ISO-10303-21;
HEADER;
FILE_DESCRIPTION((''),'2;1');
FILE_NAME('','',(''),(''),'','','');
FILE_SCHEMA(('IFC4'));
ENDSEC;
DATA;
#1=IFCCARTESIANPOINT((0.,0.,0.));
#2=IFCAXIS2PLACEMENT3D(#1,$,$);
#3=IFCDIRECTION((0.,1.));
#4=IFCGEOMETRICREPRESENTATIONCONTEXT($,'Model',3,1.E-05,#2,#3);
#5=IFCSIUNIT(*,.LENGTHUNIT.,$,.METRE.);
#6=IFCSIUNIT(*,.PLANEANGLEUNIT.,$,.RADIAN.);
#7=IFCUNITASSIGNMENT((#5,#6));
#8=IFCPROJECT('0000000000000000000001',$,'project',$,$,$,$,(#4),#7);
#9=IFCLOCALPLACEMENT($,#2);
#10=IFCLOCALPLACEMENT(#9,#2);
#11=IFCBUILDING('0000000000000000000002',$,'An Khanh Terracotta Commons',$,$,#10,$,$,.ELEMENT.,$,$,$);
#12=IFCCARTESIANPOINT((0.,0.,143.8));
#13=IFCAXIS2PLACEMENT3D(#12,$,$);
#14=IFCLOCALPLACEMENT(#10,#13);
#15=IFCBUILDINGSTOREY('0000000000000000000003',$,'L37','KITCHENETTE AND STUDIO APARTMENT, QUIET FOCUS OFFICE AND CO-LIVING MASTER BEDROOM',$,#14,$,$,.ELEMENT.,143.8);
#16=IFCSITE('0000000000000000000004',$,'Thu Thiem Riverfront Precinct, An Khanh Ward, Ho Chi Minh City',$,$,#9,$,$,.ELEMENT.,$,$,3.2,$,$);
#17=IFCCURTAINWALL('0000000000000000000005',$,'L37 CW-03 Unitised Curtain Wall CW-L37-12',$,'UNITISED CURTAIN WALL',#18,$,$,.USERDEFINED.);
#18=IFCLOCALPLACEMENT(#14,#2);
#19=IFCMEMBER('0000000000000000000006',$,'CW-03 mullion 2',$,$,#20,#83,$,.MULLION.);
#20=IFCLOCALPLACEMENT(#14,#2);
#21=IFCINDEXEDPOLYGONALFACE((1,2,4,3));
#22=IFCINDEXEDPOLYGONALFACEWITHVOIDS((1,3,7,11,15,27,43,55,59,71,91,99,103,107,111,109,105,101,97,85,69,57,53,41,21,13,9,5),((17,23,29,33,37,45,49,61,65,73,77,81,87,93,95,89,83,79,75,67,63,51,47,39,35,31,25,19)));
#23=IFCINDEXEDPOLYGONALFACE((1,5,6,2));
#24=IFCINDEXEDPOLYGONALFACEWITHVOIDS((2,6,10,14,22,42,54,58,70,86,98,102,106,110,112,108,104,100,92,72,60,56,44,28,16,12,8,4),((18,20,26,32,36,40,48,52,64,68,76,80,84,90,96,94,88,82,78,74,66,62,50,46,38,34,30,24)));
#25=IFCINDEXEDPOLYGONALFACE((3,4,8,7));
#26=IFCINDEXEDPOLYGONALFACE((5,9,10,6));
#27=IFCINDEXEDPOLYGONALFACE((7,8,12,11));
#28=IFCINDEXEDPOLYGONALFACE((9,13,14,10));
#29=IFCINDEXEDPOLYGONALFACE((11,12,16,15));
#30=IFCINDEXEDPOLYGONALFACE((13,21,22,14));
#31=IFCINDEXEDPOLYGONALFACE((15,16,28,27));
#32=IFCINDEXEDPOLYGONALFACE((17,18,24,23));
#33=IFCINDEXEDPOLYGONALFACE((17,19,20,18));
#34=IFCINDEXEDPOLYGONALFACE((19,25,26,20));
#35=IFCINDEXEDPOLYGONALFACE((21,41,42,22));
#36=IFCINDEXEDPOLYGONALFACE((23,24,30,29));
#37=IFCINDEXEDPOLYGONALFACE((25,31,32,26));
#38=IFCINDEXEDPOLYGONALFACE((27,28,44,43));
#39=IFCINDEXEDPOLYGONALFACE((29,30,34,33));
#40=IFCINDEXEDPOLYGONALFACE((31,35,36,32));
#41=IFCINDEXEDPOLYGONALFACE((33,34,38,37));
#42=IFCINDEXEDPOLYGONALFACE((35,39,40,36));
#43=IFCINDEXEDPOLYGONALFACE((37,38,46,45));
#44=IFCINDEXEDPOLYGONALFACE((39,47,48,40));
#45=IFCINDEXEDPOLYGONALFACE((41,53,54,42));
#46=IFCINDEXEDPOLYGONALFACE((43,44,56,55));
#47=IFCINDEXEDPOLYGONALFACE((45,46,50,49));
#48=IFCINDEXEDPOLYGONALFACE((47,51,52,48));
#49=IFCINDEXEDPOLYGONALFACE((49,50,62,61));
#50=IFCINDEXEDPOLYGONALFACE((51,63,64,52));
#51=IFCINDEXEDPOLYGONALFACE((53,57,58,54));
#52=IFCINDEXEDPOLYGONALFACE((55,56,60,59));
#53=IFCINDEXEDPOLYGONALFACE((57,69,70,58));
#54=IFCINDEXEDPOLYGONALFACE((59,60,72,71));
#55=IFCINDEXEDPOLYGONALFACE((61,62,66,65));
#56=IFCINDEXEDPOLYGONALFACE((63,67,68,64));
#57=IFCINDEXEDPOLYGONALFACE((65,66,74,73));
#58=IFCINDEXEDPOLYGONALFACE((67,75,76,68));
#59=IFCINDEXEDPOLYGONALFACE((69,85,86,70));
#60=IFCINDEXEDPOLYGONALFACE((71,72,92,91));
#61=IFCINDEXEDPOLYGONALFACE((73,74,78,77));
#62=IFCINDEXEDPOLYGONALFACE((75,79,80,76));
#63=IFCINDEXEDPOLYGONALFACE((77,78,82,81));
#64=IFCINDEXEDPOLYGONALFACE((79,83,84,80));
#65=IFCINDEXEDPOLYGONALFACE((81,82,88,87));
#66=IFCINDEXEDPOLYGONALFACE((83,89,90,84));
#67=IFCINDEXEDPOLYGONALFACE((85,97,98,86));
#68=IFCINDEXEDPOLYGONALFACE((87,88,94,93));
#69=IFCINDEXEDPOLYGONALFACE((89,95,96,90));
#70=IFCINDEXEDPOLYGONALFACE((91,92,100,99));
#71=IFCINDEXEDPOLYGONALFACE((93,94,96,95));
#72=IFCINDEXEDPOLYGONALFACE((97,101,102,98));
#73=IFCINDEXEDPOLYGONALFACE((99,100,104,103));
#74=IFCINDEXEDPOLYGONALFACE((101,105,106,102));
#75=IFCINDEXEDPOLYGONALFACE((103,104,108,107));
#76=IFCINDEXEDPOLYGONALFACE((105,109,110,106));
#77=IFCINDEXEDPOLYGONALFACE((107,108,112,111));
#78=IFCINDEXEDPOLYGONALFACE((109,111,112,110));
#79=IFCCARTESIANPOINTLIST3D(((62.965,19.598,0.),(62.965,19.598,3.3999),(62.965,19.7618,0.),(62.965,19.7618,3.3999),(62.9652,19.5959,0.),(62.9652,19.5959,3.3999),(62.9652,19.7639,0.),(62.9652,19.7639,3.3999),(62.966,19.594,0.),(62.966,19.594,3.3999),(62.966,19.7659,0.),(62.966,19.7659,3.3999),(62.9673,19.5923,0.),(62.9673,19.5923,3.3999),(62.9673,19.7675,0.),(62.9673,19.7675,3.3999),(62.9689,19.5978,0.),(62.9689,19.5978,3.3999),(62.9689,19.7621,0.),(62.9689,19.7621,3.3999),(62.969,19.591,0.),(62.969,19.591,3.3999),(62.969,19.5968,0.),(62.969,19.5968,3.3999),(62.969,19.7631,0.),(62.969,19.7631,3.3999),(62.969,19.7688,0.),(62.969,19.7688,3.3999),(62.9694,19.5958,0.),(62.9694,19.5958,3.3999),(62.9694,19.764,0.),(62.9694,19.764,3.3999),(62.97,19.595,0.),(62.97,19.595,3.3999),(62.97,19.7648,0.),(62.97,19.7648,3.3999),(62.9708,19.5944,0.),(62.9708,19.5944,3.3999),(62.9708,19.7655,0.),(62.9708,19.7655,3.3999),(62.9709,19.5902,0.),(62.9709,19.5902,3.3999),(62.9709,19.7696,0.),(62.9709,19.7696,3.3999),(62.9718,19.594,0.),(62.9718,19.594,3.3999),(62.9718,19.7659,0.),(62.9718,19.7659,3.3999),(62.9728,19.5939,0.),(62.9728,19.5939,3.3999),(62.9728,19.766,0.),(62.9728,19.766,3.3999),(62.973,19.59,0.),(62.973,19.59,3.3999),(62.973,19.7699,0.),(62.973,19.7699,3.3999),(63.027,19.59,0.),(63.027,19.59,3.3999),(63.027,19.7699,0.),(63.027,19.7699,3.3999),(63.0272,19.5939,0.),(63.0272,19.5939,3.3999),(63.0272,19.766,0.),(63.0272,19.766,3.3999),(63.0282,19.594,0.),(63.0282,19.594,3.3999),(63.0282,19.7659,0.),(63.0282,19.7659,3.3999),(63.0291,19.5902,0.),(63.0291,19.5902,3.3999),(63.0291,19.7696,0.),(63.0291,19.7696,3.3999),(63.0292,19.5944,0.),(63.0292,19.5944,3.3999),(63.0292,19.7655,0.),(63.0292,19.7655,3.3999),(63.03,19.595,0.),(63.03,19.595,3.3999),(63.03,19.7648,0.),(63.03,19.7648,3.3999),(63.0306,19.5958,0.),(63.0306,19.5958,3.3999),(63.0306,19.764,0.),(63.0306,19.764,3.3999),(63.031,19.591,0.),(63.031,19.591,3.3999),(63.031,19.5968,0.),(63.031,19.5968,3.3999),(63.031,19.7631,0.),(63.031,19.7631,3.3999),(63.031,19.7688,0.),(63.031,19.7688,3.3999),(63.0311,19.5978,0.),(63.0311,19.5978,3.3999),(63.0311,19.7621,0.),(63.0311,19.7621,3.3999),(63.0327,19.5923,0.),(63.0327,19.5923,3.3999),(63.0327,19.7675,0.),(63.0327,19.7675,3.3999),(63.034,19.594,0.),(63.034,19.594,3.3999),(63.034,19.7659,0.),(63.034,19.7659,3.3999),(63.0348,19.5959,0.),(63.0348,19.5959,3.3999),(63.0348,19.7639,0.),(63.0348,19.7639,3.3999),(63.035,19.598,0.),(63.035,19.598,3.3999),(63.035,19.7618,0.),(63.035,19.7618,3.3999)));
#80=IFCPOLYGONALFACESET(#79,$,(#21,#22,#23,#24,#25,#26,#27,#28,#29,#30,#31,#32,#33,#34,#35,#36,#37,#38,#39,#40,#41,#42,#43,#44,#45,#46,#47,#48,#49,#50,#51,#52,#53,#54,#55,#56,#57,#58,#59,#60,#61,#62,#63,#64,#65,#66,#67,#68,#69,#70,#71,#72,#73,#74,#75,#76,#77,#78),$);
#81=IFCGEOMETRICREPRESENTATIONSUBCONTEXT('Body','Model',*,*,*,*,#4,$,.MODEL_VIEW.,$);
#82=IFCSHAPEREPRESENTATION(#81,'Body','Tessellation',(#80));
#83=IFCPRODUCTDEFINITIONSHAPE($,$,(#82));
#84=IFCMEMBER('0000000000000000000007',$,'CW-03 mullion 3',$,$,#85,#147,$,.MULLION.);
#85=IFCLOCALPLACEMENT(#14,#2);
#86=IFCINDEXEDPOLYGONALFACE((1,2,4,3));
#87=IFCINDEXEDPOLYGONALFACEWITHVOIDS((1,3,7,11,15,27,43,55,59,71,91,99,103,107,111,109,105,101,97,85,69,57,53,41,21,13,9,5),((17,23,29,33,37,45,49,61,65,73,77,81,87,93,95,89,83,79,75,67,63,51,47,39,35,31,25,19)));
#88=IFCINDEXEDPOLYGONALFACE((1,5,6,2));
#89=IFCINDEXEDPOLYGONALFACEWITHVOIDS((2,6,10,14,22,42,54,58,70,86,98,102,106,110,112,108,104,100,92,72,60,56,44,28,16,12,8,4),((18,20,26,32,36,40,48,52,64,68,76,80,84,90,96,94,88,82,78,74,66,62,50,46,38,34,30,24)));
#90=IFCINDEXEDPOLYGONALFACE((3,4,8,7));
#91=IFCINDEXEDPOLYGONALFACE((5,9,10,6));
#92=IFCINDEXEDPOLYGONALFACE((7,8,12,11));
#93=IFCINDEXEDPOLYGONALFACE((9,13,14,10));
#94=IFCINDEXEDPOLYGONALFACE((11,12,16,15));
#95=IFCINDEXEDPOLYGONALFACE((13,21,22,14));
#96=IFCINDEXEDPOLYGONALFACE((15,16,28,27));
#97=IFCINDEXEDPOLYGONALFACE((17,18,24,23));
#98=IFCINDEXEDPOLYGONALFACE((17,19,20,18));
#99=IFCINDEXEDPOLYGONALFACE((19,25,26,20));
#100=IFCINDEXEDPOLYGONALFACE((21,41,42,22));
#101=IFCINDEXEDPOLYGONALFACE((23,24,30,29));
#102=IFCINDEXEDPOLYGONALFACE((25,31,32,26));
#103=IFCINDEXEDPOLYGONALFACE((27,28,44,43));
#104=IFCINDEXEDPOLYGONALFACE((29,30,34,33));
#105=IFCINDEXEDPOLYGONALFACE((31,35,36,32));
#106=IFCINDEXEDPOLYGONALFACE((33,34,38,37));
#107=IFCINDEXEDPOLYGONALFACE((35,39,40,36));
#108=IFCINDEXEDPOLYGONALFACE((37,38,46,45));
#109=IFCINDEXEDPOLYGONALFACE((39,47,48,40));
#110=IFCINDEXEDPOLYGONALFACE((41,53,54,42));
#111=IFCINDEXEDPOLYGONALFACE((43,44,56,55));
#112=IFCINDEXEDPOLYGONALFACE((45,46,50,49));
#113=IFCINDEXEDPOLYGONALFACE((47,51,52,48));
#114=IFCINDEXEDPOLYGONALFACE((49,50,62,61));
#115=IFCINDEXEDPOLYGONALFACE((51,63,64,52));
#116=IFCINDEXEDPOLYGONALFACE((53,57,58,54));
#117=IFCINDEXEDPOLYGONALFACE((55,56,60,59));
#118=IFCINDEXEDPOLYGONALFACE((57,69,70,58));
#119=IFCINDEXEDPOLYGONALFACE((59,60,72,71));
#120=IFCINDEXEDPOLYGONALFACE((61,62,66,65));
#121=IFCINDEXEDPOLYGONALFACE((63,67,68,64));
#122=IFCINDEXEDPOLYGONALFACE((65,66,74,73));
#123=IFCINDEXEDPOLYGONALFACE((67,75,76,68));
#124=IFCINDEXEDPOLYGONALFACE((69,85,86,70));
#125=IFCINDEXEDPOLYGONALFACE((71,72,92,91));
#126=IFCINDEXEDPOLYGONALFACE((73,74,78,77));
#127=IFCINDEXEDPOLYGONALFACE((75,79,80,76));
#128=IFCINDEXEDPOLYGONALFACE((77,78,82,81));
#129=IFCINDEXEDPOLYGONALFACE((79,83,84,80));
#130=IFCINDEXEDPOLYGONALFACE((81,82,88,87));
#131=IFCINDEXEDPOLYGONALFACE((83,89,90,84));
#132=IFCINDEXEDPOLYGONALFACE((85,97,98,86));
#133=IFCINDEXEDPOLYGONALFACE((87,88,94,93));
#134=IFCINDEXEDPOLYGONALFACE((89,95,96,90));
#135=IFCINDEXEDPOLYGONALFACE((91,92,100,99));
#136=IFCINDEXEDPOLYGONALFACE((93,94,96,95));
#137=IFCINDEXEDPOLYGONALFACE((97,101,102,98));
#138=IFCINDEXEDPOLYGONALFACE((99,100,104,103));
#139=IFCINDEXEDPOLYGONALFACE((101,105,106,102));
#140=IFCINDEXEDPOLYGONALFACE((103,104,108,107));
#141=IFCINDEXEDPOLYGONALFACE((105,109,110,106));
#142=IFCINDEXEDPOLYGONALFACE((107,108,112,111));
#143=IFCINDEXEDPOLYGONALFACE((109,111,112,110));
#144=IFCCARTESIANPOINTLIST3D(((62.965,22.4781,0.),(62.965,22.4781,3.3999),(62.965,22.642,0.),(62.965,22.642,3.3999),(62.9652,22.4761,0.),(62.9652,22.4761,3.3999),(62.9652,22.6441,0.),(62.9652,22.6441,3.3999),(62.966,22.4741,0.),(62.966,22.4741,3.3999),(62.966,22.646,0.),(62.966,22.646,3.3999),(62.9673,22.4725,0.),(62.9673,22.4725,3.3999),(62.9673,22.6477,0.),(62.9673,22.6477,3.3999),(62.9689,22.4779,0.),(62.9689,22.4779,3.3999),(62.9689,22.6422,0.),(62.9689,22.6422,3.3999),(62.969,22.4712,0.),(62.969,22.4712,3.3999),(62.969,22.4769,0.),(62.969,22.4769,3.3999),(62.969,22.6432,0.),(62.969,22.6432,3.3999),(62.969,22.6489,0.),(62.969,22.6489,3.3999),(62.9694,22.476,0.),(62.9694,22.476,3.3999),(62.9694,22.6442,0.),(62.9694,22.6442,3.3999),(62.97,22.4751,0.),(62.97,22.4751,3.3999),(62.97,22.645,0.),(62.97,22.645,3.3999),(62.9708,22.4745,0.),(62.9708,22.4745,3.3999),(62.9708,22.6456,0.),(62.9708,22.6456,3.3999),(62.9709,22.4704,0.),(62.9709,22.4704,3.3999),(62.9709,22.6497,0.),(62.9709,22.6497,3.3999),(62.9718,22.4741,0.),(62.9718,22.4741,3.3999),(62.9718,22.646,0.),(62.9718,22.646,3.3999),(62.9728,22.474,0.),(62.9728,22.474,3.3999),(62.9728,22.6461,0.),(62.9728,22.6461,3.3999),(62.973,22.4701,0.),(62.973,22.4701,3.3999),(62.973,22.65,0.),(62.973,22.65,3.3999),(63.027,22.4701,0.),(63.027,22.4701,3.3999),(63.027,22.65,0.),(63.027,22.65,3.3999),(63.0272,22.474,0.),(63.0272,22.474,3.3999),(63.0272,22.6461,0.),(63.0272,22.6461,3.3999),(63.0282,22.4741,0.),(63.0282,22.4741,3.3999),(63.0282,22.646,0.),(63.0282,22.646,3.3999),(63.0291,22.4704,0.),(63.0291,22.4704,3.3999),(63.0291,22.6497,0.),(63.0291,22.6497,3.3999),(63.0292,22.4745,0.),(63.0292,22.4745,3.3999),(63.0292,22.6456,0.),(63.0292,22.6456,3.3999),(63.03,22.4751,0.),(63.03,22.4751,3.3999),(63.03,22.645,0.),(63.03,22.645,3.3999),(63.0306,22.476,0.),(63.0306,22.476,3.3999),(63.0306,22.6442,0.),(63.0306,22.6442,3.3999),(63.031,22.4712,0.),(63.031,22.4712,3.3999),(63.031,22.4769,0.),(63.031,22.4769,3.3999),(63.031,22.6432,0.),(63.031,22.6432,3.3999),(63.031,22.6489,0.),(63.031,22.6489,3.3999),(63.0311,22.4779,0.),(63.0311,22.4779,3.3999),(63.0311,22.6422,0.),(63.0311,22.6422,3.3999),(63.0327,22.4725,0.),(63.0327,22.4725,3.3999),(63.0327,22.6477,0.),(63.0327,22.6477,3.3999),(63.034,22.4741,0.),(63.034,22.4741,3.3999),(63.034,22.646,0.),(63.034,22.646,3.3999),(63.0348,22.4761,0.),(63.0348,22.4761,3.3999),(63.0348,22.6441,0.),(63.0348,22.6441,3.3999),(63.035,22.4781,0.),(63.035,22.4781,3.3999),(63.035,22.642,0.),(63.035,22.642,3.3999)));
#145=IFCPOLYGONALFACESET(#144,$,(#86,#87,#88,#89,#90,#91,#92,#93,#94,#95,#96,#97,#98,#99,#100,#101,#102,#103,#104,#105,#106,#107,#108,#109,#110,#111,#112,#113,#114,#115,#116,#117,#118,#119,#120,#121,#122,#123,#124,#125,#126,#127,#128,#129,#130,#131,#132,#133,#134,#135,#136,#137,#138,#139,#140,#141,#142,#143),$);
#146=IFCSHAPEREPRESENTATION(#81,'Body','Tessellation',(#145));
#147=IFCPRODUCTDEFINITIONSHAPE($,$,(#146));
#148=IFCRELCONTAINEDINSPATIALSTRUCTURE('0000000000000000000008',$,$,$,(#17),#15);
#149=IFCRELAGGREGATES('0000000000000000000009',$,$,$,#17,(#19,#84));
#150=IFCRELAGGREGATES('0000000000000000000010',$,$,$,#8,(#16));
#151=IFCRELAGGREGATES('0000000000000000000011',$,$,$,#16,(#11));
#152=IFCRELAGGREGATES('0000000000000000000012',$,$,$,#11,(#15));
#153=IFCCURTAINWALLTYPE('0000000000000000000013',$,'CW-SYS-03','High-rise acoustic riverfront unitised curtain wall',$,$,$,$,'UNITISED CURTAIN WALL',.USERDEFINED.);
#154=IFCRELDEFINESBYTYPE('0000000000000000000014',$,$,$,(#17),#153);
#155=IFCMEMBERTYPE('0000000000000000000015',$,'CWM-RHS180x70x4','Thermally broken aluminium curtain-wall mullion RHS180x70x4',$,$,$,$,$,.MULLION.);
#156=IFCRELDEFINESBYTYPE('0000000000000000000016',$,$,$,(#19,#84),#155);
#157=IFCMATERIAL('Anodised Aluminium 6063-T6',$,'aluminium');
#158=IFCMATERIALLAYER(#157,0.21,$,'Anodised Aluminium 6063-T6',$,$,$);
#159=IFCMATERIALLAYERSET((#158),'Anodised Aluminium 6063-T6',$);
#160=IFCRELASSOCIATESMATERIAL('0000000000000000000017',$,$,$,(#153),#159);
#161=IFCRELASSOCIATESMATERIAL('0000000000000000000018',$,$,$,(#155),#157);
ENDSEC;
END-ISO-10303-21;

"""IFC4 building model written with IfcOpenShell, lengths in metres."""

from ifc_helpers import new_model, si_unit, direction, frame, origin, origin_2d, place, context, subcontext, project, spatial, hollow_rectangle, extrude, material, layer, layer_set, material_profile, profile_set, type_object, element, aggregate, save


model = new_model("IFC4")

# Units and contexts
model_context = context("Model", 3, precision=1e-05, world=origin(), true_north=direction((0.0, 1.0)))
body_context = subcontext(model_context, "Body", "Model", "MODEL_VIEW")
ifc_project = project(units=[si_unit("LENGTHUNIT", "METRE"), si_unit("PLANEANGLEUNIT", "RADIAN")], contexts=[model_context])

# Site, building, storey
site_placement = place(None, origin())
site = spatial("IfcSite", under=ifc_project, at=site_placement, Name="Thu Thiem Riverfront Precinct, An Khanh Ward, Ho Chi Minh City", CompositionType="ELEMENT", RefElevation=3.2)
building_placement = place(site_placement, origin())
building = spatial("IfcBuilding", under=site, at=building_placement, Name="An Khanh Terracotta Commons", CompositionType="ELEMENT")
storey_placement = place(building_placement, frame((0.0, 0.0, 143.8)))
storey = spatial("IfcBuildingStorey", under=building, at=storey_placement, Name="L37", Description="KITCHENETTE AND STUDIO APARTMENT, QUIET FOCUS OFFICE AND CO-LIVING MASTER BEDROOM", CompositionType="ELEMENT", Elevation=143.8)

# Curtain wall, members
ifc_material_1 = material(Name="Anodised Aluminium 6063-T6", Category="aluminium")
ifc_layer_1 = layer(ifc_material_1, 0.21, Name="Anodised Aluminium 6063-T6")
ifc_layer_set_1 = layer_set([ifc_layer_1], Name="Anodised Aluminium 6063-T6")
curtain_wall_type = type_object("IfcCurtainWallType", Name="CW-SYS-03", Description="High-rise acoustic riverfront unitised curtain wall", ElementType="UNITISED CURTAIN WALL", PredefinedType="USERDEFINED", material=ifc_layer_set_1)
ifc_material_profile_1 = material_profile(ifc_material_1, hollow_rectangle(XDim=0.0701, YDim=0.1799, WallThickness=0.0039, InnerFilletRadius=0.0039, OuterFilletRadius=0.0081, at=origin_2d()), Name="RHS180x70x4")
ifc_profile_set_1 = profile_set([ifc_material_profile_1], Name="Anodised Aluminium 6063-T6")
member_type_1 = type_object("IfcMemberType", Name="CWM-RHS180x70x4", Description="Thermally broken aluminium curtain-wall mullion RHS180x70x4", PredefinedType="MULLION", material=ifc_profile_set_1)
curtain_wall_1_placement = place(storey_placement, origin())
curtain_wall_1 = element("IfcCurtainWall", 1, at=curtain_wall_1_placement, inside=storey, type_object=curtain_wall_type, Name="L37 CW-03 Unitised Curtain Wall CW-L37-12", ObjectType="UNITISED CURTAIN WALL", PredefinedType="USERDEFINED")
member_1_placement = place(storey_placement, frame((63.0, 19.6799, 0.0), z_axis=(0.0, 0.0, 1.0), x_axis=(-1.0, 0.0, 0.0)))
member_1 = element("IfcMember", 2, at=member_1_placement, type_object=member_type_1, Name="CW-03 mullion 2", PredefinedType="MULLION", context=body_context, shape_type="SweptSolid", body=[
    extrude(hollow_rectangle(XDim=0.0701, YDim=0.1799, WallThickness=0.0039, InnerFilletRadius=0.0039, OuterFilletRadius=0.0081, at=origin_2d()), origin(), (0.0, 0.0, 1.0), 3.3999),
])
member_2_placement = place(storey_placement, frame((63.0, 22.5601, 0.0), z_axis=(0.0, 0.0, 1.0), x_axis=(-1.0, 0.0, 0.0)))
member_2 = element("IfcMember", 3, at=member_2_placement, type_object=member_type_1, Name="CW-03 mullion 3", PredefinedType="MULLION", context=body_context, shape_type="SweptSolid", body=[
    extrude(hollow_rectangle(XDim=0.0701, YDim=0.1799, WallThickness=0.0039, InnerFilletRadius=0.0039, OuterFilletRadius=0.0081, at=origin_2d()), origin(), (0.0, 0.0, 1.0), 3.3999),
])

aggregate(curtain_wall_1, [member_1, member_2])

save(model, "model.ifc")
